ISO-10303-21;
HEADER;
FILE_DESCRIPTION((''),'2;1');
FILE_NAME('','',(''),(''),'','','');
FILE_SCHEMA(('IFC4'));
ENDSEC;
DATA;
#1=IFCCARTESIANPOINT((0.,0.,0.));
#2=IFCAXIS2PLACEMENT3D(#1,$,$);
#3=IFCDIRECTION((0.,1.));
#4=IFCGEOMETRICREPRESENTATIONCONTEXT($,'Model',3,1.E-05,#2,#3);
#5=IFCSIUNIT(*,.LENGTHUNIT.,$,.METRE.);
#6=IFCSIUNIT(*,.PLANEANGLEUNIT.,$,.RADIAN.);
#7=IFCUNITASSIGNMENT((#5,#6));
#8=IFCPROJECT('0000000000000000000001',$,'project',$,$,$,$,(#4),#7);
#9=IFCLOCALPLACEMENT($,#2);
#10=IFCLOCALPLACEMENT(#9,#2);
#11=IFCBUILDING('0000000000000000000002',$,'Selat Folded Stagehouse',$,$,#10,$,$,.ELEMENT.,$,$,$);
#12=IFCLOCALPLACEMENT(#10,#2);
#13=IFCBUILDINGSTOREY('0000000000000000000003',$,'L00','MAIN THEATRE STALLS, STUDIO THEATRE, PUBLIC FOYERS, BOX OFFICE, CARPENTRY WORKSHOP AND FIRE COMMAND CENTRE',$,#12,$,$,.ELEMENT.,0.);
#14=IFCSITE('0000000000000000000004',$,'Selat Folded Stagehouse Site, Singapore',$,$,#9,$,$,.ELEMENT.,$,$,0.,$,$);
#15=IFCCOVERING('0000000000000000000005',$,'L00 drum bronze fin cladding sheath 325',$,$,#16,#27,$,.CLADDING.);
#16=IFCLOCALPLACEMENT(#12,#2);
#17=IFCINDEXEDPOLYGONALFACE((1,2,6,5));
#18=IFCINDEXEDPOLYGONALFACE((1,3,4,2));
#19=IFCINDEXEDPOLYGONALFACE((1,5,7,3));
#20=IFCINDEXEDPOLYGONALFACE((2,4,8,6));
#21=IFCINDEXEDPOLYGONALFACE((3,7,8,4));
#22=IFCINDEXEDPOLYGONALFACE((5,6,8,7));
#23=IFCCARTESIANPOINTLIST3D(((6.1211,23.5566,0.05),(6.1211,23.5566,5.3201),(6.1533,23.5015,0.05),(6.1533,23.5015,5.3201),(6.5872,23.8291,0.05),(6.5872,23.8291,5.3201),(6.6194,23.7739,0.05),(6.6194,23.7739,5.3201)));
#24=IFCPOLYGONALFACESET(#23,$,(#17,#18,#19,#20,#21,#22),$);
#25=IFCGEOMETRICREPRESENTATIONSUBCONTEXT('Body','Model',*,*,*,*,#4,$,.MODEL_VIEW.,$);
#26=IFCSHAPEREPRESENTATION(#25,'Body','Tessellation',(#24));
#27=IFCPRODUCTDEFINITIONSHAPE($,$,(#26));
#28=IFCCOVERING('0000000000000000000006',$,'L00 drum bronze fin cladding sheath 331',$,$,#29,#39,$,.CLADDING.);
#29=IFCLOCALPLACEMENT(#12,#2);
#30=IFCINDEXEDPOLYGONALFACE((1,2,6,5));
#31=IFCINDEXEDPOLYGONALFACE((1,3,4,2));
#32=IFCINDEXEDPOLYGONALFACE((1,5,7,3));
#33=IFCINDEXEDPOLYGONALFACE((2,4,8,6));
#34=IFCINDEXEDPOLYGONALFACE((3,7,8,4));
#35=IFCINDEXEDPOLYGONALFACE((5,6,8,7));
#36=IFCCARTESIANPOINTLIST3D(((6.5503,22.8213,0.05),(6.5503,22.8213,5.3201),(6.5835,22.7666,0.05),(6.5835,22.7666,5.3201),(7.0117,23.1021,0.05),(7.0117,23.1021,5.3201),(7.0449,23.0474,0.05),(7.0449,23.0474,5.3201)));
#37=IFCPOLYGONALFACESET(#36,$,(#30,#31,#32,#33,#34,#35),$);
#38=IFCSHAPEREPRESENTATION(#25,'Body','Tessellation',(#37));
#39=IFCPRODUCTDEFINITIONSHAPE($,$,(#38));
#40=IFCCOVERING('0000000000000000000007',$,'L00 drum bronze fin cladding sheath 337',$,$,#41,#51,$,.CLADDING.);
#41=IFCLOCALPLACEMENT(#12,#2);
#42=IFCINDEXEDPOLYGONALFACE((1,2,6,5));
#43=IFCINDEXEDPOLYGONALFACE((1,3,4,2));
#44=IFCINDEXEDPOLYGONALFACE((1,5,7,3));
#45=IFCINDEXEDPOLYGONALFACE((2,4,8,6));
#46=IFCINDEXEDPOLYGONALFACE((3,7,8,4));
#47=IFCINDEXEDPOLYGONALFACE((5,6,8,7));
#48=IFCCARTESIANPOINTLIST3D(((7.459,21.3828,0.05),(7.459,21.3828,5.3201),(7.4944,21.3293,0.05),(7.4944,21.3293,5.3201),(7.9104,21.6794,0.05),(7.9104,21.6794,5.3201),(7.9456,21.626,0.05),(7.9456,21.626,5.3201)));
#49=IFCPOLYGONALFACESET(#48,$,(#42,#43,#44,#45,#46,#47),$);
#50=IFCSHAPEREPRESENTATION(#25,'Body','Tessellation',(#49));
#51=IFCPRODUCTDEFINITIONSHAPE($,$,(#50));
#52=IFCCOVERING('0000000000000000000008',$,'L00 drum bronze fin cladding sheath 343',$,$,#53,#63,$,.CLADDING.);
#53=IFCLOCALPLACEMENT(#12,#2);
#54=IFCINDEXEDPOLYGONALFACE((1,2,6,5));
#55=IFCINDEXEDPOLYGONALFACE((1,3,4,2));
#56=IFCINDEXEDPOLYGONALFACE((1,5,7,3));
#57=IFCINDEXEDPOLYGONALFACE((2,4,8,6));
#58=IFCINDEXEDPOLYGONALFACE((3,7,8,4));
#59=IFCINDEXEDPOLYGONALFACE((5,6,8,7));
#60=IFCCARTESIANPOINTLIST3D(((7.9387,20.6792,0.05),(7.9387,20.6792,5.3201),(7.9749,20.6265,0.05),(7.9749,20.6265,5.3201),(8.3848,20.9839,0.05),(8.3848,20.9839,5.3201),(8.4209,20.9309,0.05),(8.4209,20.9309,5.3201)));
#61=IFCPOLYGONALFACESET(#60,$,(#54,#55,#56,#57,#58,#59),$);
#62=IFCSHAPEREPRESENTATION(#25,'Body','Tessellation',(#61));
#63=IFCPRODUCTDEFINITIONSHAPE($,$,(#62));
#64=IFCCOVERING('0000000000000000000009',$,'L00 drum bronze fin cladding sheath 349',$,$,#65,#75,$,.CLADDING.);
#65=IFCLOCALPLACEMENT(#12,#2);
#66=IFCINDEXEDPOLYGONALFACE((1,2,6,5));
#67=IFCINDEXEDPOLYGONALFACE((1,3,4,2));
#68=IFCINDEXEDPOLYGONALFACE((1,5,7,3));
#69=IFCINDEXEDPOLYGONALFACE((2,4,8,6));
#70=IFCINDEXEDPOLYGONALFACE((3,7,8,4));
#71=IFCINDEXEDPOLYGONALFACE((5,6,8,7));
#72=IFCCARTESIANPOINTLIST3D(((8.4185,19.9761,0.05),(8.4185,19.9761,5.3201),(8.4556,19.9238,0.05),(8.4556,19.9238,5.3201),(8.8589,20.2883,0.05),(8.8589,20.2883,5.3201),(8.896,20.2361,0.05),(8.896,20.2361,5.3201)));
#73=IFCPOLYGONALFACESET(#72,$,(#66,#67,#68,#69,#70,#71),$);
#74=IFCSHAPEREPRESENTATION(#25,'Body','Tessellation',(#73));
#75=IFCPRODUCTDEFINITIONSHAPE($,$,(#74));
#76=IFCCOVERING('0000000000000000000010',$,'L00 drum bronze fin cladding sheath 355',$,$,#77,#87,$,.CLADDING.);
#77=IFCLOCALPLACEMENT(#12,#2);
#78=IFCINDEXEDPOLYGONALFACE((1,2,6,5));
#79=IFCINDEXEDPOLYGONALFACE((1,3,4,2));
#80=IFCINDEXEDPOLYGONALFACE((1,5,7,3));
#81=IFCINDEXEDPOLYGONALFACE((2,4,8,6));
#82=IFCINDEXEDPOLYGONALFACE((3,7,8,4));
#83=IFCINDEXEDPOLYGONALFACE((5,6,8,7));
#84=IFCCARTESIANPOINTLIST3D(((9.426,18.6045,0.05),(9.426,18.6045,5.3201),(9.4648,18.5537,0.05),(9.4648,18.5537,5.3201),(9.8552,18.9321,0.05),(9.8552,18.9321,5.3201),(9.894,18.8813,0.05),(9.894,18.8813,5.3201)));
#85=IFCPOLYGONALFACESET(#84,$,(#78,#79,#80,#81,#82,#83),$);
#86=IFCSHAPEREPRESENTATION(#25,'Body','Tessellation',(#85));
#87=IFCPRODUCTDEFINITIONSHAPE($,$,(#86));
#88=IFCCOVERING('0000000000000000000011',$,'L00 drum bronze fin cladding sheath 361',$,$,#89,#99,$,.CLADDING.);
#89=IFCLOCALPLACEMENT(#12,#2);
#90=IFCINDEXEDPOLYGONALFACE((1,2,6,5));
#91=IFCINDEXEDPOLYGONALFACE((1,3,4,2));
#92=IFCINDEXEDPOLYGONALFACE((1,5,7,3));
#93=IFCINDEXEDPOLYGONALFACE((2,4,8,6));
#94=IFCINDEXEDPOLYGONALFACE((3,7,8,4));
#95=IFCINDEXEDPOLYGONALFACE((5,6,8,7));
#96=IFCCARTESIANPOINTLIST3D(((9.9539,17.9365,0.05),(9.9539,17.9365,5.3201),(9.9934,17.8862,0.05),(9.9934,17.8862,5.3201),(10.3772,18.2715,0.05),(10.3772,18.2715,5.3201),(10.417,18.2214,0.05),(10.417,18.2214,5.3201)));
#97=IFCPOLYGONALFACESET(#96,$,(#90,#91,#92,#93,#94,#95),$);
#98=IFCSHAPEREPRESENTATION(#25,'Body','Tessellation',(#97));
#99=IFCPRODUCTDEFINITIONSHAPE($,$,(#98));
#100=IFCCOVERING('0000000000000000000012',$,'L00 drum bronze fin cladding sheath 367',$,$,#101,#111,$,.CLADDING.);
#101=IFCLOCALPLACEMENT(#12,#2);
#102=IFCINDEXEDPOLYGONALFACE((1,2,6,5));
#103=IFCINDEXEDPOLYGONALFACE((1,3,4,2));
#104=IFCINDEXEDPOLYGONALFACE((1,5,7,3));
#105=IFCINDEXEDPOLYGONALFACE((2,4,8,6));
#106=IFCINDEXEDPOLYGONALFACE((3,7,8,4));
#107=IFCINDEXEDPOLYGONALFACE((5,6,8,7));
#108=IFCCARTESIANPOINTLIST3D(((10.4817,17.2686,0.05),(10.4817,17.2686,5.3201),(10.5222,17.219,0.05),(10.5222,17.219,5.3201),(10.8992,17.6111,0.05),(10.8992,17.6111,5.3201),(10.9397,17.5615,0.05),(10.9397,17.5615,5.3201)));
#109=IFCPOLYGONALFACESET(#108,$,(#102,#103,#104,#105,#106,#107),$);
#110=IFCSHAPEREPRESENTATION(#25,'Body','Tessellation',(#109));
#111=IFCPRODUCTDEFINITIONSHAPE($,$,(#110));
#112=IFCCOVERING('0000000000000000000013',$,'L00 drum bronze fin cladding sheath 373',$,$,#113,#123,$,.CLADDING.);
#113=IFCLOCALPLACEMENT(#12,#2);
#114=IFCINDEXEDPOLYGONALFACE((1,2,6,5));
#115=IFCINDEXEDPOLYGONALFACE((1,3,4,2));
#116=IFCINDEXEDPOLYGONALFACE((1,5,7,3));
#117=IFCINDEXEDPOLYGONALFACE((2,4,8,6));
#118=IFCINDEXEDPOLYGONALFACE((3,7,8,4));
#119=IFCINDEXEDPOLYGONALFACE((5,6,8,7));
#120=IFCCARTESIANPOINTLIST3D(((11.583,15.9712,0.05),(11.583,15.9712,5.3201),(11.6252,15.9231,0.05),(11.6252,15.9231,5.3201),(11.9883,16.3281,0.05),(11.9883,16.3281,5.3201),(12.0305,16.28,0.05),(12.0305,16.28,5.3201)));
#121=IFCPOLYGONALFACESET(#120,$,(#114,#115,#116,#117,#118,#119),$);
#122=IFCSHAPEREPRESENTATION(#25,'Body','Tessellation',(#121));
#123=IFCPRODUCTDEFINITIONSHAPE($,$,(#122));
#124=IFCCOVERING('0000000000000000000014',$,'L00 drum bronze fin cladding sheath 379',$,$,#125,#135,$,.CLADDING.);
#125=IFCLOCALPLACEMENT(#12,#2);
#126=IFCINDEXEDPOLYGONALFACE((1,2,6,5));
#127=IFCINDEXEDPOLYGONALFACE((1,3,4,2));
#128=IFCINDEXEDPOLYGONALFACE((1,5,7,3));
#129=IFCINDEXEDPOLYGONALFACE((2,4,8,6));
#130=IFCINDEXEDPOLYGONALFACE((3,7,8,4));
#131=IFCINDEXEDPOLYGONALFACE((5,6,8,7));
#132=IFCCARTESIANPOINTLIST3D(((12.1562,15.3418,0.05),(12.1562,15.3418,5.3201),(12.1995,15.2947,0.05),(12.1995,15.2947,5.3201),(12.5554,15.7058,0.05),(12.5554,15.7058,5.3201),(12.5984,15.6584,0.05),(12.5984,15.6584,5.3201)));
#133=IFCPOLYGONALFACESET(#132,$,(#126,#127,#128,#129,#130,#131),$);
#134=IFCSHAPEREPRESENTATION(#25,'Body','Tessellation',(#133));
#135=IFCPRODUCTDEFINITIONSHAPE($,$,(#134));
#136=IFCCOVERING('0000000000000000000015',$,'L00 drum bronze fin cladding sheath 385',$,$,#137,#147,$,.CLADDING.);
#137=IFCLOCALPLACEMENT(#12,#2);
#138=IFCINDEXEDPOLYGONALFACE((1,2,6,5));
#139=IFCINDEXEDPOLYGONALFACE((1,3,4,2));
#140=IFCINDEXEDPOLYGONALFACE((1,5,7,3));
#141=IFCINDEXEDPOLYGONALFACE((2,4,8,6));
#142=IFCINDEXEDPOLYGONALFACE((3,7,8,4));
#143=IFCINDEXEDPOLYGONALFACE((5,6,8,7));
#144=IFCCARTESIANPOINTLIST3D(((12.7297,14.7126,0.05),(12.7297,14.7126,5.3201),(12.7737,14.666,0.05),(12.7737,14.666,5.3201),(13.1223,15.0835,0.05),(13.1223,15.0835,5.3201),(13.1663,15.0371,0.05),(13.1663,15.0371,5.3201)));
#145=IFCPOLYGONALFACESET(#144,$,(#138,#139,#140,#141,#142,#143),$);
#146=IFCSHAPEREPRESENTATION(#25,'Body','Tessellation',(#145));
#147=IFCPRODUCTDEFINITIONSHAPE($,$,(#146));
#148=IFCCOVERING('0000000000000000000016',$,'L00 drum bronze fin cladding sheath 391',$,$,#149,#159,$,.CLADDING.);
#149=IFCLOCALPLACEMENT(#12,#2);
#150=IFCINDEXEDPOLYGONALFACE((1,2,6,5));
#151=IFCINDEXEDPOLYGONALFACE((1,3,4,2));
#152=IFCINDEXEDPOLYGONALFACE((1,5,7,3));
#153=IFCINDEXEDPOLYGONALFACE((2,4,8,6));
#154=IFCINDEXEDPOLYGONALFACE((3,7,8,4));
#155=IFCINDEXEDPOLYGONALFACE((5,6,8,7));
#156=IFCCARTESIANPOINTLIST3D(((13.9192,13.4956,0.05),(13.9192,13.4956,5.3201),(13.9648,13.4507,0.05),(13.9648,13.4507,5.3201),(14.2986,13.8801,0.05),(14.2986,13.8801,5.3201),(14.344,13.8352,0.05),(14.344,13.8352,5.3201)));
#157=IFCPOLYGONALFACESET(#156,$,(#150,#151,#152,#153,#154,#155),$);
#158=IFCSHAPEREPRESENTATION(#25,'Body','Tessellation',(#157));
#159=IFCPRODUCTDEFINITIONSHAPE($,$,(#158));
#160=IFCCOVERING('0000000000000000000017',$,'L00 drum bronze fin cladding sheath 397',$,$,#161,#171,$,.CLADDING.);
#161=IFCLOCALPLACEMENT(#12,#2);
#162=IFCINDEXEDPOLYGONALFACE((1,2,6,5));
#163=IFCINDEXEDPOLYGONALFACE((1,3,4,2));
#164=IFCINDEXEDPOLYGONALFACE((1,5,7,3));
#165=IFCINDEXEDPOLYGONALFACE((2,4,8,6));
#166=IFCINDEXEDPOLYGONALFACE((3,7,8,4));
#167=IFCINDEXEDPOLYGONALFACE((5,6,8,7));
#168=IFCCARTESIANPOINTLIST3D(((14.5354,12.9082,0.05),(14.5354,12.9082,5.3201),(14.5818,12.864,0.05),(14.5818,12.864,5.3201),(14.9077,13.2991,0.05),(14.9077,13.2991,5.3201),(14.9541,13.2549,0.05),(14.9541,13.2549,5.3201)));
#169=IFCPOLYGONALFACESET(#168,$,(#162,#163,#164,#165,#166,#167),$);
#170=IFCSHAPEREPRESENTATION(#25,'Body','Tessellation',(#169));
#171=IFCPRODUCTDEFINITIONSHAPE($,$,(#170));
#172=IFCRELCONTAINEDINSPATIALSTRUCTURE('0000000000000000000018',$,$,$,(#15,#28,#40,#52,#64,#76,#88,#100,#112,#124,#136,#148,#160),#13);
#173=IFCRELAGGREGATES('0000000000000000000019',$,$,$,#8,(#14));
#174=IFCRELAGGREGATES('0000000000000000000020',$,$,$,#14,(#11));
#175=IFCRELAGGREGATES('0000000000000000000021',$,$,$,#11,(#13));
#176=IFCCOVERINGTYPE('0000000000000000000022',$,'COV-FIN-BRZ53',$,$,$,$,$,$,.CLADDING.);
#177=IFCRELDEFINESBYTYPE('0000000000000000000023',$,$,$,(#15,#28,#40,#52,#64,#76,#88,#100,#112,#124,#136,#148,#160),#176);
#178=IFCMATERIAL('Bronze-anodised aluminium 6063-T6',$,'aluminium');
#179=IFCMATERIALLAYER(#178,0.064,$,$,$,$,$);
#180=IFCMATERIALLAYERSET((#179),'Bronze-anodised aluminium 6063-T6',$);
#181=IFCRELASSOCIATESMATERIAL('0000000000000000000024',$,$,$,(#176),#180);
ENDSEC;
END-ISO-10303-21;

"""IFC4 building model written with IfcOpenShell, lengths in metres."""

from ifc_helpers import new_model, si_unit, direction, frame, origin, place, context, subcontext, project, spatial, polyline, outline, extrude, material, layer, layer_set, type_object, element, save


model = new_model("IFC4")

# Units and contexts
model_context = context("Model", 3, precision=1e-05, world=origin(), true_north=direction((0.0, 1.0)))
body_context = subcontext(model_context, "Body", "Model", "MODEL_VIEW")
ifc_project = project(units=[si_unit("LENGTHUNIT", "METRE"), si_unit("PLANEANGLEUNIT", "RADIAN")], contexts=[model_context])

# Site, building, storey
site_placement = place(None, origin())
site = spatial("IfcSite", under=ifc_project, at=site_placement, Name="Selat Folded Stagehouse Site, Singapore", CompositionType="ELEMENT", RefElevation=0.0)
building_placement = place(site_placement, origin())
building = spatial("IfcBuilding", under=site, at=building_placement, Name="Selat Folded Stagehouse", CompositionType="ELEMENT")
storey_placement = place(building_placement, origin())
storey = spatial("IfcBuildingStorey", under=building, at=storey_placement, Name="L00", Description="MAIN THEATRE STALLS, STUDIO THEATRE, PUBLIC FOYERS, BOX OFFICE, CARPENTRY WORKSHOP AND FIRE COMMAND CENTRE", CompositionType="ELEMENT", Elevation=0.0)

# Coverings
ifc_material = material(Name="Bronze-anodised aluminium 6063-T6", Category="aluminium")
ifc_layer = layer(ifc_material, 0.064)
ifc_layer_set = layer_set([ifc_layer], Name="Bronze-anodised aluminium 6063-T6")
covering_type = type_object("IfcCoveringType", Name="COV-FIN-BRZ53", PredefinedType="CLADDING", material=ifc_layer_set)
covering_1_placement = place(storey_placement, frame((0.0, 0.0, 0.05)))
element("IfcCovering", 1, at=covering_1_placement, inside=storey, type_object=covering_type, Name="L00 drum bronze fin cladding sheath 325", PredefinedType="CLADDING", context=body_context, shape_type="SweptSolid", body=[
    extrude(outline(polyline([(6.5872, 23.8291), (6.1211, 23.5566), (6.1533, 23.5015), (6.6194, 23.7739), (6.5872, 23.8291)])), origin(), (0.0, 0.0, 1.0), 5.27),
])
covering_2_placement = place(storey_placement, frame((0.0, 0.0, 0.05)))
element("IfcCovering", 2, at=covering_2_placement, inside=storey, type_object=covering_type, Name="L00 drum bronze fin cladding sheath 331", PredefinedType="CLADDING", context=body_context, shape_type="SweptSolid", body=[
    extrude(outline(polyline([(7.0117, 23.1021), (6.5503, 22.8213), (6.5835, 22.7666), (7.0449, 23.0474), (7.0117, 23.1021)])), origin(), (0.0, 0.0, 1.0), 5.27),
])
covering_3_placement = place(storey_placement, frame((0.0, 0.0, 0.05)))
element("IfcCovering", 3, at=covering_3_placement, inside=storey, type_object=covering_type, Name="L00 drum bronze fin cladding sheath 337", PredefinedType="CLADDING", context=body_context, shape_type="SweptSolid", body=[
    extrude(outline(polyline([(7.9104, 21.6794), (7.459, 21.3828), (7.4944, 21.3293), (7.9456, 21.626), (7.9104, 21.6794)])), origin(), (0.0, 0.0, 1.0), 5.27),
])
covering_4_placement = place(storey_placement, frame((0.0, 0.0, 0.05)))
element("IfcCovering", 4, at=covering_4_placement, inside=storey, type_object=covering_type, Name="L00 drum bronze fin cladding sheath 343", PredefinedType="CLADDING", context=body_context, shape_type="SweptSolid", body=[
    extrude(outline(polyline([(8.3848, 20.9839), (7.9387, 20.6792), (7.9749, 20.6265), (8.4209, 20.9309), (8.3848, 20.9839)])), origin(), (0.0, 0.0, 1.0), 5.27),
])
covering_5_placement = place(storey_placement, frame((0.0, 0.0, 0.05)))
element("IfcCovering", 5, at=covering_5_placement, inside=storey, type_object=covering_type, Name="L00 drum bronze fin cladding sheath 349", PredefinedType="CLADDING", context=body_context, shape_type="SweptSolid", body=[
    extrude(outline(polyline([(8.8589, 20.2883), (8.4185, 19.9761), (8.4556, 19.9238), (8.896, 20.2361), (8.8589, 20.2883)])), origin(), (0.0, 0.0, 1.0), 5.27),
])
covering_6_placement = place(storey_placement, frame((0.0, 0.0, 0.05)))
element("IfcCovering", 6, at=covering_6_placement, inside=storey, type_object=covering_type, Name="L00 drum bronze fin cladding sheath 355", PredefinedType="CLADDING", context=body_context, shape_type="SweptSolid", body=[
    extrude(outline(polyline([(9.8552, 18.9321), (9.426, 18.6045), (9.4648, 18.5537), (9.894, 18.8813), (9.8552, 18.9321)])), origin(), (0.0, 0.0, 1.0), 5.27),
])
covering_7_placement = place(storey_placement, frame((0.0, 0.0, 0.05)))
element("IfcCovering", 7, at=covering_7_placement, inside=storey, type_object=covering_type, Name="L00 drum bronze fin cladding sheath 361", PredefinedType="CLADDING", context=body_context, shape_type="SweptSolid", body=[
    extrude(outline(polyline([(10.3772, 18.2715), (9.9539, 17.9365), (9.9934, 17.8862), (10.417, 18.2214), (10.3772, 18.2715)])), origin(), (0.0, 0.0, 1.0), 5.27),
])
covering_8_placement = place(storey_placement, frame((0.0, 0.0, 0.05)))
element("IfcCovering", 8, at=covering_8_placement, inside=storey, type_object=covering_type, Name="L00 drum bronze fin cladding sheath 367", PredefinedType="CLADDING", context=body_context, shape_type="SweptSolid", body=[
    extrude(outline(polyline([(10.8992, 17.6111), (10.4817, 17.2686), (10.5222, 17.219), (10.9397, 17.5615), (10.8992, 17.6111)])), origin(), (0.0, 0.0, 1.0), 5.27),
])
covering_9_placement = place(storey_placement, frame((0.0, 0.0, 0.05)))
element("IfcCovering", 9, at=covering_9_placement, inside=storey, type_object=covering_type, Name="L00 drum bronze fin cladding sheath 373", PredefinedType="CLADDING", context=body_context, shape_type="SweptSolid", body=[
    extrude(outline(polyline([(11.9883, 16.3281), (11.583, 15.9712), (11.6252, 15.9231), (12.0305, 16.28), (11.9883, 16.3281)])), origin(), (0.0, 0.0, 1.0), 5.27),
])
covering_10_placement = place(storey_placement, frame((0.0, 0.0, 0.05)))
element("IfcCovering", 10, at=covering_10_placement, inside=storey, type_object=covering_type, Name="L00 drum bronze fin cladding sheath 379", PredefinedType="CLADDING", context=body_context, shape_type="SweptSolid", body=[
    extrude(outline(polyline([(12.5554, 15.7058), (12.1562, 15.3418), (12.1995, 15.2947), (12.5984, 15.6584), (12.5554, 15.7058)])), origin(), (0.0, 0.0, 1.0), 5.27),
])
covering_11_placement = place(storey_placement, frame((0.0, 0.0, 0.05)))
element("IfcCovering", 11, at=covering_11_placement, inside=storey, type_object=covering_type, Name="L00 drum bronze fin cladding sheath 385", PredefinedType="CLADDING", context=body_context, shape_type="SweptSolid", body=[
    extrude(outline(polyline([(13.1223, 15.0835), (12.7297, 14.7126), (12.7737, 14.666), (13.1663, 15.0371), (13.1223, 15.0835)])), origin(), (0.0, 0.0, 1.0), 5.27),
])
covering_12_placement = place(storey_placement, frame((0.0, 0.0, 0.05)))
element("IfcCovering", 12, at=covering_12_placement, inside=storey, type_object=covering_type, Name="L00 drum bronze fin cladding sheath 391", PredefinedType="CLADDING", context=body_context, shape_type="SweptSolid", body=[
    extrude(outline(polyline([(14.2986, 13.8801), (13.9192, 13.4956), (13.9648, 13.4507), (14.344, 13.8352), (14.2986, 13.8801)])), origin(), (0.0, 0.0, 1.0), 5.27),
])
covering_13_placement = place(storey_placement, frame((0.0, 0.0, 0.05)))
element("IfcCovering", 13, at=covering_13_placement, inside=storey, type_object=covering_type, Name="L00 drum bronze fin cladding sheath 397", PredefinedType="CLADDING", context=body_context, shape_type="SweptSolid", body=[
    extrude(outline(polyline([(14.9077, 13.2991), (14.5354, 12.9082), (14.5818, 12.864), (14.9541, 13.2549), (14.9077, 13.2991)])), origin(), (0.0, 0.0, 1.0), 5.27),
])

save(model, "model.ifc")
